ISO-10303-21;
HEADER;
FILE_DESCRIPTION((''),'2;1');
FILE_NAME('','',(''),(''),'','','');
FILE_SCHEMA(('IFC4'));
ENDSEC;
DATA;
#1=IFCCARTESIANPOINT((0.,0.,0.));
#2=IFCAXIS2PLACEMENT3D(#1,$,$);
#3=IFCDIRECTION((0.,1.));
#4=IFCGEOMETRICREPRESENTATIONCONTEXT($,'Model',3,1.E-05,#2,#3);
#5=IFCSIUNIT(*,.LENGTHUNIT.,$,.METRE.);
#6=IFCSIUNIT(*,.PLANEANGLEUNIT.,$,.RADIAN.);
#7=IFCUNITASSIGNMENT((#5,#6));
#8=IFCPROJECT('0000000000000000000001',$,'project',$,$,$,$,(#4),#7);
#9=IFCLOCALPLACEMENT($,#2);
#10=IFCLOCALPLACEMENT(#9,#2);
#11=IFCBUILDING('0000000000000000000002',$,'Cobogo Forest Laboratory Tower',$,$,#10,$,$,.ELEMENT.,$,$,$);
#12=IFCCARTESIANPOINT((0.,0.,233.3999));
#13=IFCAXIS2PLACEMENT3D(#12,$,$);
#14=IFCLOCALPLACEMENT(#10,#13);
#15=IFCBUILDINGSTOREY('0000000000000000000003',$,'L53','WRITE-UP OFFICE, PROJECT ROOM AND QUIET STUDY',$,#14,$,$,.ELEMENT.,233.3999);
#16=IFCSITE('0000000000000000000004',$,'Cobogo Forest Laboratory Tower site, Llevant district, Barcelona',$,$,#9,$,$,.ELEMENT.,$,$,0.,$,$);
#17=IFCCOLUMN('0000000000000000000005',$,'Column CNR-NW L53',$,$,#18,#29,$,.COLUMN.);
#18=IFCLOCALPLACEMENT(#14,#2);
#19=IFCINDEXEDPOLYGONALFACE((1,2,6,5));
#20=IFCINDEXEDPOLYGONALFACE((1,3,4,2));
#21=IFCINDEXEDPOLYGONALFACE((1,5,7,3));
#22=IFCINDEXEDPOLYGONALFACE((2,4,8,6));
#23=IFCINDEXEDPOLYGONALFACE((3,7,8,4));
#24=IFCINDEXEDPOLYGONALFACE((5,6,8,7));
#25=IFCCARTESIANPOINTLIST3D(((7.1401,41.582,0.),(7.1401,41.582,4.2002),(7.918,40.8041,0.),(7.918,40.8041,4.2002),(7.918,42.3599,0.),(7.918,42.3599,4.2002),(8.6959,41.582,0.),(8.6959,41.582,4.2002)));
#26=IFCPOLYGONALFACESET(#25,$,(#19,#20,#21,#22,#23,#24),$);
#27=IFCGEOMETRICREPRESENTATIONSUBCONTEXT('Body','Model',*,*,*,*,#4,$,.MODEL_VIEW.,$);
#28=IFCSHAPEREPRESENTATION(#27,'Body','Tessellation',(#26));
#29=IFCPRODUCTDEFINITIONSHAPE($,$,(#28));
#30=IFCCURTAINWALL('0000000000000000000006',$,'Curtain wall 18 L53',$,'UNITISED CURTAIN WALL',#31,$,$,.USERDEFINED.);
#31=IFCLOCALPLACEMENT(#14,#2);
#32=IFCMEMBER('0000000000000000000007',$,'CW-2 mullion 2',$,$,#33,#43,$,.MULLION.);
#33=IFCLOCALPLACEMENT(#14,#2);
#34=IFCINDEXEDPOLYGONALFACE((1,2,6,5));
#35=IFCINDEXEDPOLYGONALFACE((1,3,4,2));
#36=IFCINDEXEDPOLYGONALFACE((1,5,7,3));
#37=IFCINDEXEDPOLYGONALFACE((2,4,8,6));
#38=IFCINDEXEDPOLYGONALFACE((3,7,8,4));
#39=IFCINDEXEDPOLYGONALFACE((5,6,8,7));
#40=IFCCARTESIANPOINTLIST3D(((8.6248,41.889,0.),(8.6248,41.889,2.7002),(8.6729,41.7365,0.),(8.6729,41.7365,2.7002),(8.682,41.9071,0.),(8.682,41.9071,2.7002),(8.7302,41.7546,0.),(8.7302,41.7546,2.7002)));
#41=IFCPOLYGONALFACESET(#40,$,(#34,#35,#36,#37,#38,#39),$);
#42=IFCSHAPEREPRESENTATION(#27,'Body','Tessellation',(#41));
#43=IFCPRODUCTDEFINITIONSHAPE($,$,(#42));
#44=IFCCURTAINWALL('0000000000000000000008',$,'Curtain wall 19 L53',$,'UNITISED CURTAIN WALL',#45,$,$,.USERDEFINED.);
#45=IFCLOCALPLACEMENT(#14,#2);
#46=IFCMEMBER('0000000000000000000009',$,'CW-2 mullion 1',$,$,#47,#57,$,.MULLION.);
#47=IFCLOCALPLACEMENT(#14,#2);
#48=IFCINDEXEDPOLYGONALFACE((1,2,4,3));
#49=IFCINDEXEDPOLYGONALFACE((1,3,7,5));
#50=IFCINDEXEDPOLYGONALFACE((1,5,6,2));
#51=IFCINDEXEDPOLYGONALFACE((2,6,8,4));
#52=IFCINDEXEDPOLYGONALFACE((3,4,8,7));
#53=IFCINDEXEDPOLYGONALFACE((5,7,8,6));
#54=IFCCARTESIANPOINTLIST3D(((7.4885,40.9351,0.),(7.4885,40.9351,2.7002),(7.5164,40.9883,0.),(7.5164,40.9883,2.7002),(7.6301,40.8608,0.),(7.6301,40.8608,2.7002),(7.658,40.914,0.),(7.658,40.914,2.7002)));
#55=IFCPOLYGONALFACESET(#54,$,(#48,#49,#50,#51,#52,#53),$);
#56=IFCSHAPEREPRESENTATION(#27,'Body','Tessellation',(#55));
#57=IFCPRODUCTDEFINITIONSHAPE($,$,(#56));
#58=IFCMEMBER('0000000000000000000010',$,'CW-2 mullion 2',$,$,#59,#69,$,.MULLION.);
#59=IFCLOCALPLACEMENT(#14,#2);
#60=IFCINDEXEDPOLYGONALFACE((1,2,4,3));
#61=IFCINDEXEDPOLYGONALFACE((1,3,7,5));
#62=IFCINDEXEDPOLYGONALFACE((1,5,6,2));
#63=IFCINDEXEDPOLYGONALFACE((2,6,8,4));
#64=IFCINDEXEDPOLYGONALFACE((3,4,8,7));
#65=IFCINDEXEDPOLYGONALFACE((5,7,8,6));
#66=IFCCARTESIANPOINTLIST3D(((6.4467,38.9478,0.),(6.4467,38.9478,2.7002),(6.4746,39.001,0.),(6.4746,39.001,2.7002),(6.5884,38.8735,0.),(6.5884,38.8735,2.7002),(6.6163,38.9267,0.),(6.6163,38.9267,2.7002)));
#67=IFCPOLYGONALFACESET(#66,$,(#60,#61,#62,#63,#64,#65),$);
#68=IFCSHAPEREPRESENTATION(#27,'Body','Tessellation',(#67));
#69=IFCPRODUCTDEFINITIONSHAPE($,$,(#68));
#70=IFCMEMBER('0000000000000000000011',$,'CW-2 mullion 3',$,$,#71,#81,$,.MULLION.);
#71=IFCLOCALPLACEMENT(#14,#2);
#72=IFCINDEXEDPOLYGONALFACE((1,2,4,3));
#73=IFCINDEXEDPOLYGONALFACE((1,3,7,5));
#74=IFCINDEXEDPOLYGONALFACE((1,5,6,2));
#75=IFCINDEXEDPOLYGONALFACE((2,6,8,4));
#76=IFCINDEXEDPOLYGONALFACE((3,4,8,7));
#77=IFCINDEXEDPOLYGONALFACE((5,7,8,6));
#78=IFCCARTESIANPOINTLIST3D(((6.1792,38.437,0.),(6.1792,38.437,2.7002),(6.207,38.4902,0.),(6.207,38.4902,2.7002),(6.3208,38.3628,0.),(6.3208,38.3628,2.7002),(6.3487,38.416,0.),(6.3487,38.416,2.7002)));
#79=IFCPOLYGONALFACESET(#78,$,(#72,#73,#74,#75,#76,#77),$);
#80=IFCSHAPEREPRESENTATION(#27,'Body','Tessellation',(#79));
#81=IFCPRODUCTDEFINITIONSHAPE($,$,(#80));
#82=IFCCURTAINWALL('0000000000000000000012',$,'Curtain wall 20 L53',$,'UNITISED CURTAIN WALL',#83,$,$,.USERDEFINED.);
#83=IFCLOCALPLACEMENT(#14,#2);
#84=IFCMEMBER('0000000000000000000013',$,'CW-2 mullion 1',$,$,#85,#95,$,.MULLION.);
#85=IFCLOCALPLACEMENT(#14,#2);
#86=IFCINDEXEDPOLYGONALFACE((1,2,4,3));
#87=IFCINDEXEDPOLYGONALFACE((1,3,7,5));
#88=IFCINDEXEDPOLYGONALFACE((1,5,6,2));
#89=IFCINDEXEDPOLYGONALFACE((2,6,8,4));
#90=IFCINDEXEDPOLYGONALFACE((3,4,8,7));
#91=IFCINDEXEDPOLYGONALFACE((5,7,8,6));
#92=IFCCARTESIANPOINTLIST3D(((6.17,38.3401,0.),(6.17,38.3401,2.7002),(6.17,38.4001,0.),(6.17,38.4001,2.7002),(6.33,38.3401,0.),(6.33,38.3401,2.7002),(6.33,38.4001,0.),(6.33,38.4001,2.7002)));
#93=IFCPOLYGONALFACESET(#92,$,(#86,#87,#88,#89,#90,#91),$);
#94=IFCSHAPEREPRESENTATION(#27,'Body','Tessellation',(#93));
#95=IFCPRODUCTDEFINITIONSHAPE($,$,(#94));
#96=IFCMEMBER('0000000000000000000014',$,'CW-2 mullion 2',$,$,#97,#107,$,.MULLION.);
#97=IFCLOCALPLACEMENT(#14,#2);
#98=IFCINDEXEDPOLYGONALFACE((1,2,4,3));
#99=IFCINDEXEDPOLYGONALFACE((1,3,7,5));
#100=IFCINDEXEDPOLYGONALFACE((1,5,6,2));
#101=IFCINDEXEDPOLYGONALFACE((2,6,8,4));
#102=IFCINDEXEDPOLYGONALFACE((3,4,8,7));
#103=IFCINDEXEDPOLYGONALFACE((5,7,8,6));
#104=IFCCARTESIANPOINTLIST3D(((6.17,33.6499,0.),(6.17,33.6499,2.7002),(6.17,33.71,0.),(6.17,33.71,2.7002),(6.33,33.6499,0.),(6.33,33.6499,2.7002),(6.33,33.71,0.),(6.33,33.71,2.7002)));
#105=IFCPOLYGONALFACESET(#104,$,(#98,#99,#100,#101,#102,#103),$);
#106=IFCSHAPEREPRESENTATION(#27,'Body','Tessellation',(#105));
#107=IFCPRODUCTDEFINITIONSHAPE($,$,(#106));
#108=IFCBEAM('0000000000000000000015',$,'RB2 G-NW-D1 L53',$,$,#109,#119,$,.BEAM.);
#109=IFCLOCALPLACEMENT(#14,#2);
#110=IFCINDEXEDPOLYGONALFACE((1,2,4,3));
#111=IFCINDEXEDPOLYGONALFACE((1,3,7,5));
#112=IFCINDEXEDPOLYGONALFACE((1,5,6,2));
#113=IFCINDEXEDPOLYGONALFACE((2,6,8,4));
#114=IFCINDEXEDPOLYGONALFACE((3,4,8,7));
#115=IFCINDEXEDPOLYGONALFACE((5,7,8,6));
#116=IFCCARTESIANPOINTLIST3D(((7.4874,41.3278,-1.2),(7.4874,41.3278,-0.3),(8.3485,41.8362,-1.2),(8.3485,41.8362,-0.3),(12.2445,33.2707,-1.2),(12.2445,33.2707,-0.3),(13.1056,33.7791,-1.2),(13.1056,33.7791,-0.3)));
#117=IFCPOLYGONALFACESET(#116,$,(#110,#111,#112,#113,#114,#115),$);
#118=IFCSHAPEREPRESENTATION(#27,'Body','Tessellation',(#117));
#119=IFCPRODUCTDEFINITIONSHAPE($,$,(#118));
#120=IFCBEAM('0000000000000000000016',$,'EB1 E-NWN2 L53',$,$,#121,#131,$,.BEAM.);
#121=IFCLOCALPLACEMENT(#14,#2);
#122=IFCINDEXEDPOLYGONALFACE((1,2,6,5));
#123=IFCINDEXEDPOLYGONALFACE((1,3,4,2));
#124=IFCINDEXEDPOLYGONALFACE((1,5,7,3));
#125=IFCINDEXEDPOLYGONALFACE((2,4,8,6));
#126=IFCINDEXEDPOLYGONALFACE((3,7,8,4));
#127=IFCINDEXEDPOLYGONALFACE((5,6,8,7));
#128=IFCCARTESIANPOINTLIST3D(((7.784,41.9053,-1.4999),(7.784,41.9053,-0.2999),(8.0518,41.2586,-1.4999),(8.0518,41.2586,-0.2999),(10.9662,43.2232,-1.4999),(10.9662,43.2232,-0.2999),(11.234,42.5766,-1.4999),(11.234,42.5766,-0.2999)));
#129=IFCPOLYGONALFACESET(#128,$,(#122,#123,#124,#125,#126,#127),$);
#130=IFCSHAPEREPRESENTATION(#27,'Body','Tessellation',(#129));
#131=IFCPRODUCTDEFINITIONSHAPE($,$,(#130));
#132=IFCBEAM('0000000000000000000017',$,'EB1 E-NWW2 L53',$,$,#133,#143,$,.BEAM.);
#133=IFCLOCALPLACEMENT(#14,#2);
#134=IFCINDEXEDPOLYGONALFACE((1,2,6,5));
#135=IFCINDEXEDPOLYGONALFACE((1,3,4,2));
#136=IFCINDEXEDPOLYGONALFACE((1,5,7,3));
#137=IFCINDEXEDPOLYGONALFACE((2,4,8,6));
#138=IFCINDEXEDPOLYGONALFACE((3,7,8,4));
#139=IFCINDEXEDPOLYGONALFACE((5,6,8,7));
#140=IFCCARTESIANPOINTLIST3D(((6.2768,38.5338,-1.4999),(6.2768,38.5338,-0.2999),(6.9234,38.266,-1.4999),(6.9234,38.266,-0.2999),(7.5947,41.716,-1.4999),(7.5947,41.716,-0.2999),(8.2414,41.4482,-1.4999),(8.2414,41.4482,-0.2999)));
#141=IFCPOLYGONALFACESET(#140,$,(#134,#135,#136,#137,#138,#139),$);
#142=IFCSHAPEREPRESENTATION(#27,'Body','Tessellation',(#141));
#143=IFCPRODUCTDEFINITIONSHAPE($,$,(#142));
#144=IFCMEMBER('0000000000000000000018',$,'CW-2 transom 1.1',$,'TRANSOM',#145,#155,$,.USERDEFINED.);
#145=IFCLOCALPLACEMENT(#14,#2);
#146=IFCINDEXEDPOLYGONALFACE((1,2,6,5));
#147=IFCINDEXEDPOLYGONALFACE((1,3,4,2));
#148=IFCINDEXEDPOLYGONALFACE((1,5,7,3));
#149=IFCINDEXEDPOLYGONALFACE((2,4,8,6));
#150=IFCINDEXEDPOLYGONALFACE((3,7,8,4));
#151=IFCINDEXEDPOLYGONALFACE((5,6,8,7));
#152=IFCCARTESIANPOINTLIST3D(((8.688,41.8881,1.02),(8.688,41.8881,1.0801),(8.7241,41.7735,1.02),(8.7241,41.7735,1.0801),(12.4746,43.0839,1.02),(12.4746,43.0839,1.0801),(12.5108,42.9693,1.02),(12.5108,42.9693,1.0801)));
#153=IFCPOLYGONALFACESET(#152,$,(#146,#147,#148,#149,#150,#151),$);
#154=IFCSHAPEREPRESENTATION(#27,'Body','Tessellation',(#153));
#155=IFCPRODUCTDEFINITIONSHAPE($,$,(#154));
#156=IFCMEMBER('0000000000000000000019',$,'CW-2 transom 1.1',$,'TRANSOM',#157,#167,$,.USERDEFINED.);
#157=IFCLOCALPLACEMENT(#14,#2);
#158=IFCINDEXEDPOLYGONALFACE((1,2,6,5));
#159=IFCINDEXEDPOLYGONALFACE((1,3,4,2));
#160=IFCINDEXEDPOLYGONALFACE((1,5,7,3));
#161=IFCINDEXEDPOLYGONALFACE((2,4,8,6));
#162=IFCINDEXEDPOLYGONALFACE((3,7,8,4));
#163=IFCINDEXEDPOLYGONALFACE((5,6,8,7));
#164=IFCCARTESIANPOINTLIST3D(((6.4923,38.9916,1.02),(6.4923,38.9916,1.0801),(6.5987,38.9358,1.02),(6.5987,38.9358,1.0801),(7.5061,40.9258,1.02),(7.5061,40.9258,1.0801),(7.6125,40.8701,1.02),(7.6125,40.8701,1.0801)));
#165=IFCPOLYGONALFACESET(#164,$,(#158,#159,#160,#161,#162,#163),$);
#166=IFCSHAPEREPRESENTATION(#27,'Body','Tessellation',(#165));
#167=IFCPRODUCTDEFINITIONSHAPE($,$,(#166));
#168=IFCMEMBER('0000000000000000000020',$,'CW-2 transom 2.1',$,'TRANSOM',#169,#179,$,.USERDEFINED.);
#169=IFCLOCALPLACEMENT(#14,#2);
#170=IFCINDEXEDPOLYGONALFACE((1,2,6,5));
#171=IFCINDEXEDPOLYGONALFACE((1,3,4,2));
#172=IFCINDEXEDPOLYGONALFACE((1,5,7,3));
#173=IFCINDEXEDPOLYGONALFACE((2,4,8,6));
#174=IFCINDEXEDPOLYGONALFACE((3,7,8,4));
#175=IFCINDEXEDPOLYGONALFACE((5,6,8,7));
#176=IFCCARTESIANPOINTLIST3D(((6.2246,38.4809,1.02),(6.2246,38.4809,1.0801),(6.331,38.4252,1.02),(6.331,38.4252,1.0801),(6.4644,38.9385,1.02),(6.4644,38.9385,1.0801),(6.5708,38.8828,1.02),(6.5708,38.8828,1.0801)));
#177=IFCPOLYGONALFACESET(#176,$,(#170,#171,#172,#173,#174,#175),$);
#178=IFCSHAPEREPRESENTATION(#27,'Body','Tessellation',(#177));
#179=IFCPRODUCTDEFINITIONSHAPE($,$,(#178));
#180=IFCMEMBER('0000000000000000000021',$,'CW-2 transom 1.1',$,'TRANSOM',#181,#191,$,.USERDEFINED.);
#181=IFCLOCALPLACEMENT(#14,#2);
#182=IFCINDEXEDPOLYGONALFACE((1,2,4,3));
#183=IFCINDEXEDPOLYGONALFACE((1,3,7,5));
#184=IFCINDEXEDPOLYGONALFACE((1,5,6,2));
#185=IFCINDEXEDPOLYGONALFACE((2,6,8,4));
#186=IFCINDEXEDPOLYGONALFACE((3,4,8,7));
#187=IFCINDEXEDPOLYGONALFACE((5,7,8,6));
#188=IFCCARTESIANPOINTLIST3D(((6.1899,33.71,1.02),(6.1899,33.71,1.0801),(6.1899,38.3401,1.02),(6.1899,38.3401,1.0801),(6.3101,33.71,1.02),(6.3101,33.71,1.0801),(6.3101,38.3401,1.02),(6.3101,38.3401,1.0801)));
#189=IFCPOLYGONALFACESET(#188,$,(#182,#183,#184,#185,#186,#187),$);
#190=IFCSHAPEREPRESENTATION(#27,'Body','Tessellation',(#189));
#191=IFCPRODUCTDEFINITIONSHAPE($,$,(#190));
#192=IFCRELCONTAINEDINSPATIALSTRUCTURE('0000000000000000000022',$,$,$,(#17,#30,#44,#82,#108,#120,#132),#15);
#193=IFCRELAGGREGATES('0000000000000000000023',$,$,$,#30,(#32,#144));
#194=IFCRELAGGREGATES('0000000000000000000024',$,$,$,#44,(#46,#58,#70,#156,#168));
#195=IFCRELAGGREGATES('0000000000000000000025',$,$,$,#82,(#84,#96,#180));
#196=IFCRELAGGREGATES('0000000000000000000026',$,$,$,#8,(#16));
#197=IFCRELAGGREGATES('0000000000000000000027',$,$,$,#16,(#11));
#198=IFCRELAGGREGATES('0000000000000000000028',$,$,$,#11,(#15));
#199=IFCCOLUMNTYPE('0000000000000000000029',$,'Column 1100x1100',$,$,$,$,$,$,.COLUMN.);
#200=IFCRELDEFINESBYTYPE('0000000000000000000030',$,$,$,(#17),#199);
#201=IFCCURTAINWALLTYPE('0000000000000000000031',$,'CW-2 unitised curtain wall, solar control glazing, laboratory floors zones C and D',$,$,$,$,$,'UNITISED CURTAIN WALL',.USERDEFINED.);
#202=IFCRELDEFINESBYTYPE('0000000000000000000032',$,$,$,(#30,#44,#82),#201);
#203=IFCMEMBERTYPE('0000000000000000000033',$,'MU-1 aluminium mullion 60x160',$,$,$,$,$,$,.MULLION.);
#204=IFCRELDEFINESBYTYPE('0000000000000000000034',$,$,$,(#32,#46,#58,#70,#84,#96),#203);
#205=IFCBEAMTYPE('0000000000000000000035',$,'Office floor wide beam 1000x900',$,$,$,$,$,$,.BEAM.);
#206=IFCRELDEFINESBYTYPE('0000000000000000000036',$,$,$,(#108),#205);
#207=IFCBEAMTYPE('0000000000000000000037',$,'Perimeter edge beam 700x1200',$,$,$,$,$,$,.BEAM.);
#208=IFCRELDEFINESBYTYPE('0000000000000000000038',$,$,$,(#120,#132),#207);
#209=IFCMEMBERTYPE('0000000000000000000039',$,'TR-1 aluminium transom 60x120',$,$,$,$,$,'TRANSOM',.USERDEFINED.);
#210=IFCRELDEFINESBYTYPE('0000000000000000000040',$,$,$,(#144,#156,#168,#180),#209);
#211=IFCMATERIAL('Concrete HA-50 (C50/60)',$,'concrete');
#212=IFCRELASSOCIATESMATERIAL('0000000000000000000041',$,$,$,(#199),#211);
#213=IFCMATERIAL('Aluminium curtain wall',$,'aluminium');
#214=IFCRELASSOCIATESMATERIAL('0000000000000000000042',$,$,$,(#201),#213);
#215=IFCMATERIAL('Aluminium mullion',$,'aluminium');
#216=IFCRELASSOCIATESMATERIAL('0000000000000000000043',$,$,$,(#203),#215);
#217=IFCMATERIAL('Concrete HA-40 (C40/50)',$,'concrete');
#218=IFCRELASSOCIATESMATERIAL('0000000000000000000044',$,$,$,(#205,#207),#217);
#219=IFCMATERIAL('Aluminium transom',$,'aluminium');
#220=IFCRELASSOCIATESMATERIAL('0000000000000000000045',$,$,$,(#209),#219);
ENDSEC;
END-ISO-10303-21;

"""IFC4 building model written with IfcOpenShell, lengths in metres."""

from ifc_helpers import new_model, si_unit, direction, frame, origin, origin_2d, place, context, subcontext, project, spatial, rectangle, extrude, material, material_profile, profile_set, type_object, element, aggregate, save


model = new_model("IFC4")

# Units and contexts
model_context = context("Model", 3, precision=1e-05, world=origin(), true_north=direction((0.0, 1.0)))
body_context = subcontext(model_context, "Body", "Model", "MODEL_VIEW")
ifc_project = project(units=[si_unit("LENGTHUNIT", "METRE"), si_unit("PLANEANGLEUNIT", "RADIAN")], contexts=[model_context])

# Site, building, storey
site_placement = place(None, origin())
site = spatial("IfcSite", under=ifc_project, at=site_placement, Name="Cobogo Forest Laboratory Tower site, Llevant district, Barcelona", CompositionType="ELEMENT", RefElevation=0.0)
building_placement = place(site_placement, origin())
building = spatial("IfcBuilding", under=site, at=building_placement, Name="Cobogo Forest Laboratory Tower", CompositionType="ELEMENT")
storey_placement = place(building_placement, frame((0.0, 0.0, 233.3999)))
storey = spatial("IfcBuildingStorey", under=building, at=storey_placement, Name="L53", Description="WRITE-UP OFFICE, PROJECT ROOM AND QUIET STUDY", CompositionType="ELEMENT", Elevation=233.3999)

# Column
ifc_material_1 = material(Name="Concrete HA-50 (C50/60)", Category="concrete")
ifc_material_profile_1 = material_profile(ifc_material_1, rectangle(XDim=1.1001, YDim=1.1001, at=origin_2d()), Name="RC 1100x1100")
ifc_profile_set_1 = profile_set([ifc_material_profile_1], Name="Concrete HA-50 (C50/60)")
column_type = type_object("IfcColumnType", Name="Column 1100x1100", PredefinedType="COLUMN", material=ifc_profile_set_1)
column_placement = place(storey_placement, frame((7.918, 41.582, 0.0), z_axis=(0.0, 0.0, 1.0), x_axis=(0.707107, 0.707107, 0.0)))
element("IfcColumn", 1, at=column_placement, inside=storey, type_object=column_type, Name="Column CNR-NW L53", PredefinedType="COLUMN", context=body_context, shape_type="SweptSolid", body=[
    extrude(rectangle(XDim=1.1001, YDim=1.1001, at=origin_2d()), origin(), (0.0, 0.0, 1.0), 4.2002),
])

# Curtain wall, member
ifc_material_2 = material(Name="Aluminium curtain wall", Category="aluminium")
curtain_wall_type = type_object("IfcCurtainWallType", Name="CW-2 unitised curtain wall, solar control glazing, laboratory floors zones C and D", ElementType="UNITISED CURTAIN WALL", PredefinedType="USERDEFINED", material=ifc_material_2)
curtain_wall_1_placement = place(storey_placement, origin())
curtain_wall_1 = element("IfcCurtainWall", 2, at=curtain_wall_1_placement, inside=storey, type_object=curtain_wall_type, Name="Curtain wall 18 L53", ObjectType="UNITISED CURTAIN WALL", PredefinedType="USERDEFINED")
ifc_material_3 = material(Name="Aluminium mullion", Category="aluminium")
ifc_material_profile_2 = material_profile(ifc_material_3, rectangle(XDim=0.0601, YDim=0.1599, at=origin_2d()), Name="AL 60x160")
ifc_profile_set_2 = profile_set([ifc_material_profile_2], Name="Aluminium mullion")
member_type_1 = type_object("IfcMemberType", Name="MU-1 aluminium mullion 60x160", PredefinedType="MULLION", material=ifc_profile_set_2)
member_1_placement = place(storey_placement, frame((8.6775, 41.8218, 0.0), z_axis=(0.0, 0.0, 1.0), x_axis=(-0.953581, -0.301136, 0.0)))
member_1 = element("IfcMember", 3, at=member_1_placement, type_object=member_type_1, Name="CW-2 mullion 2", PredefinedType="MULLION", context=body_context, shape_type="SweptSolid", body=[
    extrude(rectangle(XDim=0.0601, YDim=0.1599, at=origin_2d()), origin(), (0.0, 0.0, 1.0), 2.7002),
])

# Curtain walls, members
curtain_wall_2_placement = place(storey_placement, origin())
curtain_wall_2 = element("IfcCurtainWall", 4, at=curtain_wall_2_placement, inside=storey, type_object=curtain_wall_type, Name="Curtain wall 19 L53", ObjectType="UNITISED CURTAIN WALL", PredefinedType="USERDEFINED")
member_2_placement = place(storey_placement, frame((7.5732, 40.9246, 0.0), z_axis=(0.0, 0.0, 1.0), x_axis=(-0.464284, -0.885686, 0.0)))
member_2 = element("IfcMember", 5, at=member_2_placement, type_object=member_type_1, Name="CW-2 mullion 1", PredefinedType="MULLION", context=body_context, shape_type="SweptSolid", body=[
    extrude(rectangle(XDim=0.0601, YDim=0.1599, at=origin_2d()), origin(), (0.0, 0.0, 1.0), 2.7002),
])
member_3_placement = place(storey_placement, frame((6.5315, 38.9373, 0.0), z_axis=(0.0, 0.0, 1.0), x_axis=(-0.464284, -0.885686, 0.0)))
member_3 = element("IfcMember", 6, at=member_3_placement, type_object=member_type_1, Name="CW-2 mullion 2", PredefinedType="MULLION", context=body_context, shape_type="SweptSolid", body=[
    extrude(rectangle(XDim=0.0601, YDim=0.1599, at=origin_2d()), origin(), (0.0, 0.0, 1.0), 2.7002),
])
member_4_placement = place(storey_placement, frame((6.2639, 38.4265, 0.0), z_axis=(0.0, 0.0, 1.0), x_axis=(-0.464284, -0.885686, 0.0)))
member_4 = element("IfcMember", 7, at=member_4_placement, type_object=member_type_1, Name="CW-2 mullion 3", PredefinedType="MULLION", context=body_context, shape_type="SweptSolid", body=[
    extrude(rectangle(XDim=0.0601, YDim=0.1599, at=origin_2d()), origin(), (0.0, 0.0, 1.0), 2.7002),
])
curtain_wall_3_placement = place(storey_placement, origin())
curtain_wall_3 = element("IfcCurtainWall", 8, at=curtain_wall_3_placement, inside=storey, type_object=curtain_wall_type, Name="Curtain wall 20 L53", ObjectType="UNITISED CURTAIN WALL", PredefinedType="USERDEFINED")
member_5_placement = place(storey_placement, frame((6.25, 38.3701, 0.0), z_axis=(0.0, 0.0, 1.0), x_axis=(0.0, -1.0, 0.0)))
member_5 = element("IfcMember", 9, at=member_5_placement, type_object=member_type_1, Name="CW-2 mullion 1", PredefinedType="MULLION", context=body_context, shape_type="SweptSolid", body=[
    extrude(rectangle(XDim=0.0601, YDim=0.1599, at=origin_2d()), origin(), (0.0, 0.0, 1.0), 2.7002),
])
member_6_placement = place(storey_placement, frame((6.25, 33.6799, 0.0), z_axis=(0.0, 0.0, 1.0), x_axis=(0.0, -1.0, 0.0)))
member_6 = element("IfcMember", 10, at=member_6_placement, type_object=member_type_1, Name="CW-2 mullion 2", PredefinedType="MULLION", context=body_context, shape_type="SweptSolid", body=[
    extrude(rectangle(XDim=0.0601, YDim=0.1599, at=origin_2d()), origin(), (0.0, 0.0, 1.0), 2.7002),
])

# Beams
ifc_material_4 = material(Name="Concrete HA-40 (C40/50)", Category="concrete")
ifc_material_profile_3 = material_profile(ifc_material_4, rectangle(XDim=1.0, YDim=0.8999, at=origin_2d()), Name="RC 1000x900")
ifc_profile_set_3 = profile_set([ifc_material_profile_3], Name="Concrete HA-40 (C40/50)")
beam_type_1 = type_object("IfcBeamType", Name="Office floor wide beam 1000x900", PredefinedType="BEAM", material=ifc_profile_set_3)
beam_placement = place(storey_placement, frame((7.918, 41.582, -0.75), z_axis=(0.508416, -0.861111, 0.0), x_axis=(0.861111, 0.508416, 0.0)))
element("IfcBeam", 11, at=beam_placement, inside=storey, type_object=beam_type_1, Name="RB2 G-NW-D1 L53", PredefinedType="BEAM", context=body_context, shape_type="SweptSolid", body=[
    extrude(rectangle(XDim=1.0, YDim=0.8999, at=origin_2d()), origin(), (0.0, 0.0, 1.0), 9.3567),
])
ifc_material_profile_4 = material_profile(ifc_material_4, rectangle(XDim=0.7, YDim=1.2, at=origin_2d()), Name="RC 700x1200")
ifc_profile_set_4 = profile_set([ifc_material_profile_4], Name="Concrete HA-40 (C40/50)")
beam_type_2 = type_object("IfcBeamType", Name="Perimeter edge beam 700x1200", PredefinedType="BEAM", material=ifc_profile_set_4)
for number, where, z_axis, x_axis, name in (
    (12, (11.1001, 42.8999, -0.8999), (-0.923901, -0.382631, 0.0), (0.382631, -0.923901, 0.0), "EB1 E-NWN2 L53"),
    (13, (6.6001, 38.3999, -0.8999), (0.382631, 0.923901, 0.0), (-0.923901, 0.382631, 0.0), "EB1 E-NWW2 L53"),
):
    element("IfcBeam", number, at=place(storey_placement, frame(where, z_axis=z_axis, x_axis=x_axis)), inside=storey, type_object=beam_type_2, Name=name, PredefinedType="BEAM", context=body_context, shape_type="SweptSolid", body=[
        extrude(rectangle(XDim=0.7, YDim=1.2, at=origin_2d()), origin(), (0.0, 0.0, 1.0), 3.4443),
    ])

# Members
ifc_material_5 = material(Name="Aluminium transom", Category="aluminium")
ifc_material_profile_5 = material_profile(ifc_material_5, rectangle(XDim=0.1201, YDim=0.0601, at=origin_2d()), Name="AL 60x120")
ifc_profile_set_5 = profile_set([ifc_material_profile_5], Name="Aluminium transom")
member_type_2 = type_object("IfcMemberType", Name="TR-1 aluminium transom 60x120", ElementType="TRANSOM", PredefinedType="USERDEFINED", material=ifc_profile_set_5)
member_7_placement = place(storey_placement, frame((12.4927, 43.0266, 1.05), z_axis=(-0.953581, -0.301137, 0.0), x_axis=(0.301137, -0.953581, 0.0)))
member_7 = element("IfcMember", 14, at=member_7_placement, type_object=member_type_2, Name="CW-2 transom 1.1", ObjectType="TRANSOM", PredefinedType="USERDEFINED", context=body_context, shape_type="SweptSolid", body=[
    extrude(rectangle(XDim=0.1201, YDim=0.0601, at=origin_2d()), origin(), (0.0, 0.0, 1.0), 3.9709),
])
member_8_placement = place(storey_placement, frame((7.5593, 40.8979, 1.05), z_axis=(-0.464258, -0.8857, 0.0), x_axis=(0.8857, -0.464258, 0.0)))
member_8 = element("IfcMember", 15, at=member_8_placement, type_object=member_type_2, Name="CW-2 transom 1.1", ObjectType="TRANSOM", PredefinedType="USERDEFINED", context=body_context, shape_type="SweptSolid", body=[
    extrude(rectangle(XDim=0.1201, YDim=0.0601, at=origin_2d()), origin(), (0.0, 0.0, 1.0), 2.1838),
])
member_9_placement = place(storey_placement, frame((6.5176, 38.9106, 1.05), z_axis=(-0.464148, -0.885758, 0.0), x_axis=(0.885758, -0.464148, 0.0)))
member_9 = element("IfcMember", 16, at=member_9_placement, type_object=member_type_2, Name="CW-2 transom 2.1", ObjectType="TRANSOM", PredefinedType="USERDEFINED", context=body_context, shape_type="SweptSolid", body=[
    extrude(rectangle(XDim=0.1201, YDim=0.0601, at=origin_2d()), origin(), (0.0, 0.0, 1.0), 0.5166),
])
member_10_placement = place(storey_placement, frame((6.25, 38.3401, 1.05), z_axis=(0.0, -1.0, 0.0), x_axis=(1.0, 0.0, 0.0)))
member_10 = element("IfcMember", 17, at=member_10_placement, type_object=member_type_2, Name="CW-2 transom 1.1", ObjectType="TRANSOM", PredefinedType="USERDEFINED", context=body_context, shape_type="SweptSolid", body=[
    extrude(rectangle(XDim=0.1201, YDim=0.0601, at=origin_2d()), origin(), (0.0, 0.0, 1.0), 4.6301),
])

aggregate(curtain_wall_1, [member_1, member_7])
aggregate(curtain_wall_2, [member_2, member_3, member_4, member_8, member_9])
aggregate(curtain_wall_3, [member_5, member_6, member_10])

save(model, "model.ifc")
